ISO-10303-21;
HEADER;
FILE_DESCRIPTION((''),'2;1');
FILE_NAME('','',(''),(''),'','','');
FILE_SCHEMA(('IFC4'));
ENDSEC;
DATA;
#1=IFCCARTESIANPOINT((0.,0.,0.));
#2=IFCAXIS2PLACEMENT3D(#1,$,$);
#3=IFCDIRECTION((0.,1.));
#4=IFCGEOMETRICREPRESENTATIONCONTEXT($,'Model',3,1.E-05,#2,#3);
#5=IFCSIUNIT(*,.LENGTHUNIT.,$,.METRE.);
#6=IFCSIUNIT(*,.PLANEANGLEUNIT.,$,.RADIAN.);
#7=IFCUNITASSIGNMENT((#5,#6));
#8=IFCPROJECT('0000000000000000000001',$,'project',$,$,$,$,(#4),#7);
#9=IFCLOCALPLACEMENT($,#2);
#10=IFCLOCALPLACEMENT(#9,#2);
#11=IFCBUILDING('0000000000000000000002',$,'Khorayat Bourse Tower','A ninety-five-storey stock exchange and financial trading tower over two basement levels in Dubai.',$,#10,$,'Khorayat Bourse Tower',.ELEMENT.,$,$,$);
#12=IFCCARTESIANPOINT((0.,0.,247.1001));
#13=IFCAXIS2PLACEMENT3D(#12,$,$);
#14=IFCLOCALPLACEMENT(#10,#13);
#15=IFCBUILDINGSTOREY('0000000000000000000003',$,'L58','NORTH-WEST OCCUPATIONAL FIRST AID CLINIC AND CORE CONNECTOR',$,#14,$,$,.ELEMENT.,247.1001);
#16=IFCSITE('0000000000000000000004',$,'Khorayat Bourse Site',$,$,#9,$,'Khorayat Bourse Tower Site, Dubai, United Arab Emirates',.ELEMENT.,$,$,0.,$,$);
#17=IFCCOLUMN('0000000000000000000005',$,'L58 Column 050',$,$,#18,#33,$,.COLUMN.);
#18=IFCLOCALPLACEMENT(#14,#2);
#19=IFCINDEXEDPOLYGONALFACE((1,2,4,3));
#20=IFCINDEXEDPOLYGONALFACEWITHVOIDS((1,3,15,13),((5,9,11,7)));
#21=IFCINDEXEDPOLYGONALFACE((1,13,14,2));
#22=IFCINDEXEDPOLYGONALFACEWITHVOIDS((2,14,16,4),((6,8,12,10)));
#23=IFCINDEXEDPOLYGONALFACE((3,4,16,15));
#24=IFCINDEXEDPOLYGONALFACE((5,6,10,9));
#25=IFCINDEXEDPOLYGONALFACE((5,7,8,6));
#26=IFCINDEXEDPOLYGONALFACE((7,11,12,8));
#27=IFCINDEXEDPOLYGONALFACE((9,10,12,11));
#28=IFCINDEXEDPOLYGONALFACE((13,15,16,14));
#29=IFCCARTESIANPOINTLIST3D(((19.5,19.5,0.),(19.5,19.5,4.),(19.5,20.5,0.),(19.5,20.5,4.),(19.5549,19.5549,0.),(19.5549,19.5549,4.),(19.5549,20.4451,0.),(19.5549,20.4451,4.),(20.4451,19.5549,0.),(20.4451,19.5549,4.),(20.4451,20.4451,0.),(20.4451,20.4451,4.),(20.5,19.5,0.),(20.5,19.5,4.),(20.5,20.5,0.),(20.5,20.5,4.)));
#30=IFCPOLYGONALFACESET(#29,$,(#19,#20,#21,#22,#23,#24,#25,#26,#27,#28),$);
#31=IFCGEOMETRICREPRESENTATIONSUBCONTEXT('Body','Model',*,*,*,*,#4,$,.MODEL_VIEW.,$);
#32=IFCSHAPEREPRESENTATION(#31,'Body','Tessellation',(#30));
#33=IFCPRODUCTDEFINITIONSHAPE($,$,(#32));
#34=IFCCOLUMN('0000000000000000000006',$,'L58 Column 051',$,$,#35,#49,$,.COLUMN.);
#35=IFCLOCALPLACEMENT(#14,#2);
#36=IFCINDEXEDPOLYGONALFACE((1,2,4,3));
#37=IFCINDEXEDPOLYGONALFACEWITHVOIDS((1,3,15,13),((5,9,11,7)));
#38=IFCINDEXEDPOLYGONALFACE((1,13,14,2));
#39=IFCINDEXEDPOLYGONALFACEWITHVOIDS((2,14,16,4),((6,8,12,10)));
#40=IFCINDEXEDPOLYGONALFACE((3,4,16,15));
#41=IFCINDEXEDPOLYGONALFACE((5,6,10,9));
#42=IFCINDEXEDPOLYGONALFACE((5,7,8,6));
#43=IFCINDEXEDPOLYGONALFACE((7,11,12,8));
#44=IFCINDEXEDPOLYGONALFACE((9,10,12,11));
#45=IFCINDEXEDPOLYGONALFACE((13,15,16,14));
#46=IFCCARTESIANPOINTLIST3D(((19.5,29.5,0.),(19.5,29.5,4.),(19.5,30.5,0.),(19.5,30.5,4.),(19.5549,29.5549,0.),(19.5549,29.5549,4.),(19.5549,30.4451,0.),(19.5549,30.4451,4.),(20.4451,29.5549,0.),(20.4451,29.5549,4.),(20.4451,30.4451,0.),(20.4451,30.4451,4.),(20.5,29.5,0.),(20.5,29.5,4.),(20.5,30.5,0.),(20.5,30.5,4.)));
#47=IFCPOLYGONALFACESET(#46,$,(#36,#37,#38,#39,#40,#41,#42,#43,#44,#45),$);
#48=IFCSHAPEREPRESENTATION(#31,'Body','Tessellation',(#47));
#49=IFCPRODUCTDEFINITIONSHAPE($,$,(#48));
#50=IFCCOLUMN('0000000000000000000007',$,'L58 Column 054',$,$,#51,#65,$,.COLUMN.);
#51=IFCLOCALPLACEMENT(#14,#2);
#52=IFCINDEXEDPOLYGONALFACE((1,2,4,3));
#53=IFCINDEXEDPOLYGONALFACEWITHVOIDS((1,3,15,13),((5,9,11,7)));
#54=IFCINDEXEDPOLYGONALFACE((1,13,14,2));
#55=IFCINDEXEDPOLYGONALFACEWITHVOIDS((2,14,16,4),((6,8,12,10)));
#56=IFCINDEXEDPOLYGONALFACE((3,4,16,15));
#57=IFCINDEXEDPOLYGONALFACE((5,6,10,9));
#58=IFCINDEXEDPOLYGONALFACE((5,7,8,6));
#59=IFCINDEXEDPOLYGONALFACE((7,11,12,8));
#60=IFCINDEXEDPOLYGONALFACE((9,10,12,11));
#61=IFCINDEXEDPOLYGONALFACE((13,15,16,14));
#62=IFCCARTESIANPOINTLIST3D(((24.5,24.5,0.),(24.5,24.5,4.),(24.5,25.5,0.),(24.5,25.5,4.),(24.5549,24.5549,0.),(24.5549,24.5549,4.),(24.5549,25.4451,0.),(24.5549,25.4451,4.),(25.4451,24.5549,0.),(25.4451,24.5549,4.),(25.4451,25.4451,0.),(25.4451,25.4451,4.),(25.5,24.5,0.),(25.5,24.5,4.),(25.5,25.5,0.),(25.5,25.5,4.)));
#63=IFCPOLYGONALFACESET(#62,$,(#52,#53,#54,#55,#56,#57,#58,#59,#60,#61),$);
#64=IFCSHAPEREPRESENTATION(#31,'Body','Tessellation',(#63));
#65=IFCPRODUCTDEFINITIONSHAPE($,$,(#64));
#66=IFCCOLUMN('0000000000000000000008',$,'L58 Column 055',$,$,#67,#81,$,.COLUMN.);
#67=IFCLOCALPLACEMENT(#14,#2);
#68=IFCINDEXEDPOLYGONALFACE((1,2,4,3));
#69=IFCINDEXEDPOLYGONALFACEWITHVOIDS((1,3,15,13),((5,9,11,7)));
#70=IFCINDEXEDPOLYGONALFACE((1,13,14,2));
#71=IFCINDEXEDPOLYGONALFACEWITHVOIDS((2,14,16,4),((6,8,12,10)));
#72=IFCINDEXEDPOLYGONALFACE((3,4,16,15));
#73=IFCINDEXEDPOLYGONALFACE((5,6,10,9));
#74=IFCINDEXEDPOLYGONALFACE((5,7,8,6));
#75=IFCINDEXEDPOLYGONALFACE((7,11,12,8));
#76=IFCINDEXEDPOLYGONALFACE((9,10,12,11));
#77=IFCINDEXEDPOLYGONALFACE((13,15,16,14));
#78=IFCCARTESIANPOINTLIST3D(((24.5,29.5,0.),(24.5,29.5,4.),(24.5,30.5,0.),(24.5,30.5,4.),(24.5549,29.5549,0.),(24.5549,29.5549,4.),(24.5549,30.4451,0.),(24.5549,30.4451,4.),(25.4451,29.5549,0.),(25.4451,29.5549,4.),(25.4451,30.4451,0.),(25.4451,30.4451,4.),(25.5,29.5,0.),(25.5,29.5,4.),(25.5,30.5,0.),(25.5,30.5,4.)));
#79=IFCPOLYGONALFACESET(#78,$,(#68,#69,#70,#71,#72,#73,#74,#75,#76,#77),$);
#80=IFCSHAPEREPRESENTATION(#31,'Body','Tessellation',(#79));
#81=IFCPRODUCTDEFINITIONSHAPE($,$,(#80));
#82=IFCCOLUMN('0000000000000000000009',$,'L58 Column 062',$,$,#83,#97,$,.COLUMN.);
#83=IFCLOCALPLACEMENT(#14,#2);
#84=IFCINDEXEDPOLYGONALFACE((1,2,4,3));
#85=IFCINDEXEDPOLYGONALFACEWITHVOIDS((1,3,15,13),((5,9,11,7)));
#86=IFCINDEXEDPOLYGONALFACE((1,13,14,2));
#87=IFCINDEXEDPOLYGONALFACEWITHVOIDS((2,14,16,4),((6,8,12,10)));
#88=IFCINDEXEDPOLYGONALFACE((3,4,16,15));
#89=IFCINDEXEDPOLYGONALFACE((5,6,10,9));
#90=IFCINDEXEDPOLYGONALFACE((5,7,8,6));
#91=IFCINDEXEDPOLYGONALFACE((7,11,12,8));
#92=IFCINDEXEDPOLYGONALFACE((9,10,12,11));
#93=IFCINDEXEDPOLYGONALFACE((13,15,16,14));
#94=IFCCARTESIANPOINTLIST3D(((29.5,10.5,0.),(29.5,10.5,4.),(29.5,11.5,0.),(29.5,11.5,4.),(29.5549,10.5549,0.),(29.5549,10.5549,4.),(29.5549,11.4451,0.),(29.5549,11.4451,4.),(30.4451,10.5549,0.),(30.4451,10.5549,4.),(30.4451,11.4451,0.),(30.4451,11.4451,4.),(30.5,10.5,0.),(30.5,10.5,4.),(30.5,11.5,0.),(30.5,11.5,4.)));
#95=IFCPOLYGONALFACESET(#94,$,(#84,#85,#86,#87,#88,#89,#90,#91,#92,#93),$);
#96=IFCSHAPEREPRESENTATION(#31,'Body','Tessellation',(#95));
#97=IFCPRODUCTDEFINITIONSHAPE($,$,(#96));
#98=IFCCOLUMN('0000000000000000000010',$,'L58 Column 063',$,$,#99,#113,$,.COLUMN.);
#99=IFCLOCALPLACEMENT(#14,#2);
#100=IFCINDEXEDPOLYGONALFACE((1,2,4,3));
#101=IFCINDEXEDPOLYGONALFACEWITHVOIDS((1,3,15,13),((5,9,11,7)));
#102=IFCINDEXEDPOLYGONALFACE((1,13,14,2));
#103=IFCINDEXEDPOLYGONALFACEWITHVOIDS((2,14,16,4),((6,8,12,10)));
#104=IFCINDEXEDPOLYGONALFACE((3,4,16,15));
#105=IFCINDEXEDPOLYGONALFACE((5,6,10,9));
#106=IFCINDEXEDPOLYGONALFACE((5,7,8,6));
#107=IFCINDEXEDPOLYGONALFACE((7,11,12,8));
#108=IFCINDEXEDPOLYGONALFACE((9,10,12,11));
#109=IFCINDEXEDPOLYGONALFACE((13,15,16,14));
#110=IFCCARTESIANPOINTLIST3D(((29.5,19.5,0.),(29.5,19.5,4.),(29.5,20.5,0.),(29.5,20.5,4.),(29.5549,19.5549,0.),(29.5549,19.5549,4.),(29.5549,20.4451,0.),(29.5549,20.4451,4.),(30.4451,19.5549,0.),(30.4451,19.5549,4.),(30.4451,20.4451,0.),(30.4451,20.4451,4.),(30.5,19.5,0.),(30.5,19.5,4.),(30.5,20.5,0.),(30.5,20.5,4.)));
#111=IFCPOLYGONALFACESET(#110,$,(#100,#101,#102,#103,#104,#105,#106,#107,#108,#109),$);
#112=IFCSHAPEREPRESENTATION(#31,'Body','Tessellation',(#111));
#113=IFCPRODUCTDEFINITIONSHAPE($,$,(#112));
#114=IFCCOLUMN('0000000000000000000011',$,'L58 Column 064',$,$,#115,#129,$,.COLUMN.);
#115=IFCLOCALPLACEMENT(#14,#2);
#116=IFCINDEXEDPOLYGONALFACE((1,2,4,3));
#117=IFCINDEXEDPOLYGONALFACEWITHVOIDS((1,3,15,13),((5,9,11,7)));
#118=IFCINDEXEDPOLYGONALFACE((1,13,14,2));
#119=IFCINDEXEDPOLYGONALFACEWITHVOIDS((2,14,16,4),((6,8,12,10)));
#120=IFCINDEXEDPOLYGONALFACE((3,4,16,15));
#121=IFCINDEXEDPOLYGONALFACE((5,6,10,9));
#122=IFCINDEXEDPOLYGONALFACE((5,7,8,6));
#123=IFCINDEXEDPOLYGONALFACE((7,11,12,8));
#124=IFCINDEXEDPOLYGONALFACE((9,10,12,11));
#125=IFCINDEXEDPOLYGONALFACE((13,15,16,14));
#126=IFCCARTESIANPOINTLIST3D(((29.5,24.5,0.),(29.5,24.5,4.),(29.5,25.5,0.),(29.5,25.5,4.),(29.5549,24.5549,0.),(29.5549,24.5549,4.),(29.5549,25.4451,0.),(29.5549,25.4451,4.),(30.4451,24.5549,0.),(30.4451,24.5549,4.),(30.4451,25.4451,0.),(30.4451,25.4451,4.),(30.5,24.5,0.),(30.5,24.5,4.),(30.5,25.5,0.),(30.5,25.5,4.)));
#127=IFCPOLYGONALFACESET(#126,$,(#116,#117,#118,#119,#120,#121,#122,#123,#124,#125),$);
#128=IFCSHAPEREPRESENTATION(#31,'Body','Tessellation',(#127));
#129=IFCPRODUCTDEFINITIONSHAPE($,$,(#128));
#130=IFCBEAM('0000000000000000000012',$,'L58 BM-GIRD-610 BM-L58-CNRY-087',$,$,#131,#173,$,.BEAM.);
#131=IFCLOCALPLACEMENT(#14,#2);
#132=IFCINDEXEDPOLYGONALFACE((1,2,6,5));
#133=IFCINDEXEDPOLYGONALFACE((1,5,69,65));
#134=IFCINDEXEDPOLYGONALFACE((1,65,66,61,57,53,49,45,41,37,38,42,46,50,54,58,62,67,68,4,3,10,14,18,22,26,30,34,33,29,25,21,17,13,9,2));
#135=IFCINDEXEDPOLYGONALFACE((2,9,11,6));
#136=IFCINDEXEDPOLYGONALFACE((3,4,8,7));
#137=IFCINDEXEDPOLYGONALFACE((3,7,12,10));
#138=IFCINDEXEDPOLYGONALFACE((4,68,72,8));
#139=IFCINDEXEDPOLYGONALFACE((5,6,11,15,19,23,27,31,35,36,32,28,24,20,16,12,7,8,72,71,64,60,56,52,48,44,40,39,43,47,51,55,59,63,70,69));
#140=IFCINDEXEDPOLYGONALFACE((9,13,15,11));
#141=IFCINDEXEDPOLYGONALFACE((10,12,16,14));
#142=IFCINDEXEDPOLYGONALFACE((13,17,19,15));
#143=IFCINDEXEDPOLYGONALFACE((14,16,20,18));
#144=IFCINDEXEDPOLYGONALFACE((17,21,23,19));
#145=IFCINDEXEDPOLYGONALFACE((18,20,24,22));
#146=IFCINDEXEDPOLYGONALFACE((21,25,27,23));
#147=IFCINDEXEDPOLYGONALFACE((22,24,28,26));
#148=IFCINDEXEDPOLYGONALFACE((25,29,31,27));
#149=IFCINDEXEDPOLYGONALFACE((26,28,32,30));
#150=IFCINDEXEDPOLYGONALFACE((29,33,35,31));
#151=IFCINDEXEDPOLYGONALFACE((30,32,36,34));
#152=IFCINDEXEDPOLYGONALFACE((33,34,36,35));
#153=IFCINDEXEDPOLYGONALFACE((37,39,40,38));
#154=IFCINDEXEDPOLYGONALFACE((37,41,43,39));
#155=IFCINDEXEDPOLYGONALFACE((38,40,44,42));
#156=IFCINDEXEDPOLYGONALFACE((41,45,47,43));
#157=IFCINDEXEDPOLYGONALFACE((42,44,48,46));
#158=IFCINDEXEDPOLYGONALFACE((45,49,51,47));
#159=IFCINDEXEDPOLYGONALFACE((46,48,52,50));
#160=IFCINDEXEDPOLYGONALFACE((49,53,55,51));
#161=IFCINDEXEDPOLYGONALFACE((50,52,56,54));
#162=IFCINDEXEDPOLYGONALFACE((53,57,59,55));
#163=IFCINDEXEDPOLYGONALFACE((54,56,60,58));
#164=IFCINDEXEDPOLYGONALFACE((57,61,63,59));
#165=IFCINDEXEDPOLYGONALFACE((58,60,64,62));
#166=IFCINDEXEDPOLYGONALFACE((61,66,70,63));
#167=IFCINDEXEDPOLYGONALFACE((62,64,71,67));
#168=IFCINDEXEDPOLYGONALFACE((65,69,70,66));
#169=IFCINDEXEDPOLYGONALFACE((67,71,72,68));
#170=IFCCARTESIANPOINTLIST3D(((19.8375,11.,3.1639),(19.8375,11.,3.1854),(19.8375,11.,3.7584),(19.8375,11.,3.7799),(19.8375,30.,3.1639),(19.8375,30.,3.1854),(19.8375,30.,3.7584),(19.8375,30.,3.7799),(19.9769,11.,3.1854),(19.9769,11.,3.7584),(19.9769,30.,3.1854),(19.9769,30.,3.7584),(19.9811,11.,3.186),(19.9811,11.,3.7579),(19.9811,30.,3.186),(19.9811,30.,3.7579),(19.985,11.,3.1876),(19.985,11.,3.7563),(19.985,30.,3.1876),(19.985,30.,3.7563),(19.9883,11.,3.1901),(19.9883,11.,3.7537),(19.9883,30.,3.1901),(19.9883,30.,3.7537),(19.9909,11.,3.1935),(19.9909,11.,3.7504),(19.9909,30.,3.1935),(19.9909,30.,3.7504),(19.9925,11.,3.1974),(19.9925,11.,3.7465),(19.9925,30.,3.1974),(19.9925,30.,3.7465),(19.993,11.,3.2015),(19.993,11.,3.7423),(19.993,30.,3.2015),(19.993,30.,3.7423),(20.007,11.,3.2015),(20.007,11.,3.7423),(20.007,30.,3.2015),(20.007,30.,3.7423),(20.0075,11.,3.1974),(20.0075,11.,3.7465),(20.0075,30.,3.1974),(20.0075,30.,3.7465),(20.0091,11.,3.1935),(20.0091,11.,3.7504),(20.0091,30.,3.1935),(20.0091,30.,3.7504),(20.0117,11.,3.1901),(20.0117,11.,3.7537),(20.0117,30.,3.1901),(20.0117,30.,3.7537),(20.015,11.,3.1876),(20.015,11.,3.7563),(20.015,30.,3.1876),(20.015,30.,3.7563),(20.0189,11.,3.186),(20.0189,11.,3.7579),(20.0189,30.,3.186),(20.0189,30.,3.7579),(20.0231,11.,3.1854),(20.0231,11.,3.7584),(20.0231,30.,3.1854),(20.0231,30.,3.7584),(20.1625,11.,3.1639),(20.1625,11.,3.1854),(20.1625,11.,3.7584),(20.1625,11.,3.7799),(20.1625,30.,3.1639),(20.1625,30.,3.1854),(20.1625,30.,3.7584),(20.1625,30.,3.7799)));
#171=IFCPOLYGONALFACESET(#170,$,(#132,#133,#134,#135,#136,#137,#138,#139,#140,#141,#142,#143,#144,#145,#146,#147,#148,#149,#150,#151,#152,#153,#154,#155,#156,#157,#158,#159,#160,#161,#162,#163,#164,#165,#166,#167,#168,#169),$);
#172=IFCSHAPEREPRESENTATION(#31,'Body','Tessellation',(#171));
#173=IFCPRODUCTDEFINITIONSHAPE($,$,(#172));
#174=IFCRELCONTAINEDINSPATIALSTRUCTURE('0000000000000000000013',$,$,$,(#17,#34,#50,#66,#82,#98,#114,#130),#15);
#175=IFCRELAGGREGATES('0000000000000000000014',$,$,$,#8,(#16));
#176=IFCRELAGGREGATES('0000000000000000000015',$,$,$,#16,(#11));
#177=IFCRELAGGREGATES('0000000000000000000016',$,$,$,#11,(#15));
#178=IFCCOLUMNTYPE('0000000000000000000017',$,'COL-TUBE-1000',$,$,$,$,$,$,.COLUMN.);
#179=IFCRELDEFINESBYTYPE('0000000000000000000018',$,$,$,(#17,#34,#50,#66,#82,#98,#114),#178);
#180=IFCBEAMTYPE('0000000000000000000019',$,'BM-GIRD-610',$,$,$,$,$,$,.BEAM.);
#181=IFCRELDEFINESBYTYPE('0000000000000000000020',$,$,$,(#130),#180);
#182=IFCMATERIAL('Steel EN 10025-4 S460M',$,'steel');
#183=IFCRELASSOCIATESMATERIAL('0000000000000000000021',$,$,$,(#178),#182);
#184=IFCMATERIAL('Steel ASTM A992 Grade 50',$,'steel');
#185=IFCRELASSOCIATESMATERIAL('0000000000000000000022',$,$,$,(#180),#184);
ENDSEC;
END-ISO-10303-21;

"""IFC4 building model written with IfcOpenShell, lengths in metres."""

from ifc_helpers import new_model, si_unit, direction, frame, origin, origin_2d, place, context, subcontext, project, spatial, hollow_rectangle, i_section, extrude, source, transform, mapped, material, material_profile, profile_set, type_object, element, save


model = new_model("IFC4")

# Units and contexts
model_context = context("Model", 3, precision=1e-05, world=origin(), true_north=direction((0.0, 1.0)))
body_context = subcontext(model_context, "Body", "Model", "MODEL_VIEW")
ifc_project = project(units=[si_unit("LENGTHUNIT", "METRE"), si_unit("PLANEANGLEUNIT", "RADIAN")], contexts=[model_context])

# Site, building, storey
site_placement = place(None, origin())
site = spatial("IfcSite", under=ifc_project, at=site_placement, Name="Khorayat Bourse Site", LongName="Khorayat Bourse Tower Site, Dubai, United Arab Emirates", CompositionType="ELEMENT", RefElevation=0.0)
building_placement = place(site_placement, origin())
building = spatial("IfcBuilding", under=site, at=building_placement, Name="Khorayat Bourse Tower", Description="A ninety-five-storey stock exchange and financial trading tower over two basement levels in Dubai.", LongName="Khorayat Bourse Tower", CompositionType="ELEMENT")
storey_placement = place(building_placement, frame((0.0, 0.0, 247.1001)))
storey = spatial("IfcBuildingStorey", under=building, at=storey_placement, Name="L58", Description="NORTH-WEST OCCUPATIONAL FIRST AID CLINIC AND CORE CONNECTOR", CompositionType="ELEMENT", Elevation=247.1001)

# Columns
ifc_material_1 = material(Name="Steel EN 10025-4 S460M", Category="steel")
ifc_material_profile_1 = material_profile(ifc_material_1, hollow_rectangle(XDim=1.0, YDim=1.0, WallThickness=0.0549, at=origin_2d()), Name="BOX 1000x1000x55")
ifc_profile_set_1 = profile_set([ifc_material_profile_1], Name="Steel EN 10025-4 S460M")
column_type = type_object("IfcColumnType", Name="COL-TUBE-1000", PredefinedType="COLUMN", material=ifc_profile_set_1)
shared_shape_1 = source(origin(), body_context, "Body", "SweptSolid", [
    extrude(hollow_rectangle(XDim=1.0, YDim=1.0, WallThickness=0.0549, at=origin_2d()), origin(), (0.0, 0.0, 1.0), 4.0),
])
for number, where, z_axis, x_axis, name in (
    (1, (20.0, 20.0, 0.0), (0.0, 0.0, 1.0), (1.0, 0.0, 0.0), "L58 Column 050"),
    (2, (20.0, 30.0, 0.0), (0.0, 0.0, 1.0), (1.0, 0.0, 0.0), "L58 Column 051"),
    (3, (25.0, 25.0, 0.0), (0.0, 0.0, 1.0), (1.0, 0.0, 0.0), "L58 Column 054"),
    (4, (25.0, 30.0, 0.0), (0.0, 0.0, 1.0), (1.0, 0.0, 0.0), "L58 Column 055"),
    (5, (30.0, 11.0, 0.0), (0.0, 0.0, 1.0), (1.0, 0.0, 0.0), "L58 Column 062"),
    (6, (30.0, 20.0, 0.0), (0.0, 0.0, 1.0), (1.0, 0.0, 0.0), "L58 Column 063"),
    (7, (30.0, 25.0, 0.0), (0.0, 0.0, 1.0), (1.0, 0.0, 0.0), "L58 Column 064"),
):
    element("IfcColumn", number, at=place(storey_placement, frame(where, z_axis=z_axis, x_axis=x_axis)), inside=storey, type_object=column_type, Name=name, PredefinedType="COLUMN", context=body_context, shape_type="MappedRepresentation", body=[
        mapped(shared_shape_1, transform((0.0, 0.0, 0.0), scale=1.0)),
    ])

# Beam
ifc_material_2 = material(Name="Steel ASTM A992 Grade 50", Category="steel")
ifc_material_profile_2 = material_profile(ifc_material_2, i_section(OverallWidth=0.325, OverallDepth=0.616, WebThickness=0.0139, FlangeThickness=0.0215, FilletRadius=0.0161, at=origin_2d()), Name="W610X174")
ifc_profile_set_2 = profile_set([ifc_material_profile_2], Name="Steel ASTM A992 Grade 50")
beam_type_1 = type_object("IfcBeamType", Name="BM-GIRD-610", PredefinedType="BEAM", material=ifc_profile_set_2)
shared_shape_2 = source(origin(), body_context, "Body", "SweptSolid", [
    extrude(i_section(OverallWidth=0.325, OverallDepth=0.616, WebThickness=0.0139, FlangeThickness=0.0215, FilletRadius=0.0161, at=origin_2d()), origin(), (0.0, 0.0, 1.0), 19.0),
])
beam_1_placement = place(storey_placement, frame((20.0, 11.0, 3.4719), z_axis=(0.0, 1.0, 0.0), x_axis=(-1.0, 0.0, 0.0)))
element("IfcBeam", 8, at=beam_1_placement, inside=storey, type_object=beam_type_1, Name="L58 BM-GIRD-610 BM-L58-CNRY-087", PredefinedType="BEAM", context=body_context, shape_type="MappedRepresentation", body=[
    mapped(shared_shape_2, transform((0.0, 0.0, 0.0), scale=1.0)),
])

save(model, "model.ifc")
